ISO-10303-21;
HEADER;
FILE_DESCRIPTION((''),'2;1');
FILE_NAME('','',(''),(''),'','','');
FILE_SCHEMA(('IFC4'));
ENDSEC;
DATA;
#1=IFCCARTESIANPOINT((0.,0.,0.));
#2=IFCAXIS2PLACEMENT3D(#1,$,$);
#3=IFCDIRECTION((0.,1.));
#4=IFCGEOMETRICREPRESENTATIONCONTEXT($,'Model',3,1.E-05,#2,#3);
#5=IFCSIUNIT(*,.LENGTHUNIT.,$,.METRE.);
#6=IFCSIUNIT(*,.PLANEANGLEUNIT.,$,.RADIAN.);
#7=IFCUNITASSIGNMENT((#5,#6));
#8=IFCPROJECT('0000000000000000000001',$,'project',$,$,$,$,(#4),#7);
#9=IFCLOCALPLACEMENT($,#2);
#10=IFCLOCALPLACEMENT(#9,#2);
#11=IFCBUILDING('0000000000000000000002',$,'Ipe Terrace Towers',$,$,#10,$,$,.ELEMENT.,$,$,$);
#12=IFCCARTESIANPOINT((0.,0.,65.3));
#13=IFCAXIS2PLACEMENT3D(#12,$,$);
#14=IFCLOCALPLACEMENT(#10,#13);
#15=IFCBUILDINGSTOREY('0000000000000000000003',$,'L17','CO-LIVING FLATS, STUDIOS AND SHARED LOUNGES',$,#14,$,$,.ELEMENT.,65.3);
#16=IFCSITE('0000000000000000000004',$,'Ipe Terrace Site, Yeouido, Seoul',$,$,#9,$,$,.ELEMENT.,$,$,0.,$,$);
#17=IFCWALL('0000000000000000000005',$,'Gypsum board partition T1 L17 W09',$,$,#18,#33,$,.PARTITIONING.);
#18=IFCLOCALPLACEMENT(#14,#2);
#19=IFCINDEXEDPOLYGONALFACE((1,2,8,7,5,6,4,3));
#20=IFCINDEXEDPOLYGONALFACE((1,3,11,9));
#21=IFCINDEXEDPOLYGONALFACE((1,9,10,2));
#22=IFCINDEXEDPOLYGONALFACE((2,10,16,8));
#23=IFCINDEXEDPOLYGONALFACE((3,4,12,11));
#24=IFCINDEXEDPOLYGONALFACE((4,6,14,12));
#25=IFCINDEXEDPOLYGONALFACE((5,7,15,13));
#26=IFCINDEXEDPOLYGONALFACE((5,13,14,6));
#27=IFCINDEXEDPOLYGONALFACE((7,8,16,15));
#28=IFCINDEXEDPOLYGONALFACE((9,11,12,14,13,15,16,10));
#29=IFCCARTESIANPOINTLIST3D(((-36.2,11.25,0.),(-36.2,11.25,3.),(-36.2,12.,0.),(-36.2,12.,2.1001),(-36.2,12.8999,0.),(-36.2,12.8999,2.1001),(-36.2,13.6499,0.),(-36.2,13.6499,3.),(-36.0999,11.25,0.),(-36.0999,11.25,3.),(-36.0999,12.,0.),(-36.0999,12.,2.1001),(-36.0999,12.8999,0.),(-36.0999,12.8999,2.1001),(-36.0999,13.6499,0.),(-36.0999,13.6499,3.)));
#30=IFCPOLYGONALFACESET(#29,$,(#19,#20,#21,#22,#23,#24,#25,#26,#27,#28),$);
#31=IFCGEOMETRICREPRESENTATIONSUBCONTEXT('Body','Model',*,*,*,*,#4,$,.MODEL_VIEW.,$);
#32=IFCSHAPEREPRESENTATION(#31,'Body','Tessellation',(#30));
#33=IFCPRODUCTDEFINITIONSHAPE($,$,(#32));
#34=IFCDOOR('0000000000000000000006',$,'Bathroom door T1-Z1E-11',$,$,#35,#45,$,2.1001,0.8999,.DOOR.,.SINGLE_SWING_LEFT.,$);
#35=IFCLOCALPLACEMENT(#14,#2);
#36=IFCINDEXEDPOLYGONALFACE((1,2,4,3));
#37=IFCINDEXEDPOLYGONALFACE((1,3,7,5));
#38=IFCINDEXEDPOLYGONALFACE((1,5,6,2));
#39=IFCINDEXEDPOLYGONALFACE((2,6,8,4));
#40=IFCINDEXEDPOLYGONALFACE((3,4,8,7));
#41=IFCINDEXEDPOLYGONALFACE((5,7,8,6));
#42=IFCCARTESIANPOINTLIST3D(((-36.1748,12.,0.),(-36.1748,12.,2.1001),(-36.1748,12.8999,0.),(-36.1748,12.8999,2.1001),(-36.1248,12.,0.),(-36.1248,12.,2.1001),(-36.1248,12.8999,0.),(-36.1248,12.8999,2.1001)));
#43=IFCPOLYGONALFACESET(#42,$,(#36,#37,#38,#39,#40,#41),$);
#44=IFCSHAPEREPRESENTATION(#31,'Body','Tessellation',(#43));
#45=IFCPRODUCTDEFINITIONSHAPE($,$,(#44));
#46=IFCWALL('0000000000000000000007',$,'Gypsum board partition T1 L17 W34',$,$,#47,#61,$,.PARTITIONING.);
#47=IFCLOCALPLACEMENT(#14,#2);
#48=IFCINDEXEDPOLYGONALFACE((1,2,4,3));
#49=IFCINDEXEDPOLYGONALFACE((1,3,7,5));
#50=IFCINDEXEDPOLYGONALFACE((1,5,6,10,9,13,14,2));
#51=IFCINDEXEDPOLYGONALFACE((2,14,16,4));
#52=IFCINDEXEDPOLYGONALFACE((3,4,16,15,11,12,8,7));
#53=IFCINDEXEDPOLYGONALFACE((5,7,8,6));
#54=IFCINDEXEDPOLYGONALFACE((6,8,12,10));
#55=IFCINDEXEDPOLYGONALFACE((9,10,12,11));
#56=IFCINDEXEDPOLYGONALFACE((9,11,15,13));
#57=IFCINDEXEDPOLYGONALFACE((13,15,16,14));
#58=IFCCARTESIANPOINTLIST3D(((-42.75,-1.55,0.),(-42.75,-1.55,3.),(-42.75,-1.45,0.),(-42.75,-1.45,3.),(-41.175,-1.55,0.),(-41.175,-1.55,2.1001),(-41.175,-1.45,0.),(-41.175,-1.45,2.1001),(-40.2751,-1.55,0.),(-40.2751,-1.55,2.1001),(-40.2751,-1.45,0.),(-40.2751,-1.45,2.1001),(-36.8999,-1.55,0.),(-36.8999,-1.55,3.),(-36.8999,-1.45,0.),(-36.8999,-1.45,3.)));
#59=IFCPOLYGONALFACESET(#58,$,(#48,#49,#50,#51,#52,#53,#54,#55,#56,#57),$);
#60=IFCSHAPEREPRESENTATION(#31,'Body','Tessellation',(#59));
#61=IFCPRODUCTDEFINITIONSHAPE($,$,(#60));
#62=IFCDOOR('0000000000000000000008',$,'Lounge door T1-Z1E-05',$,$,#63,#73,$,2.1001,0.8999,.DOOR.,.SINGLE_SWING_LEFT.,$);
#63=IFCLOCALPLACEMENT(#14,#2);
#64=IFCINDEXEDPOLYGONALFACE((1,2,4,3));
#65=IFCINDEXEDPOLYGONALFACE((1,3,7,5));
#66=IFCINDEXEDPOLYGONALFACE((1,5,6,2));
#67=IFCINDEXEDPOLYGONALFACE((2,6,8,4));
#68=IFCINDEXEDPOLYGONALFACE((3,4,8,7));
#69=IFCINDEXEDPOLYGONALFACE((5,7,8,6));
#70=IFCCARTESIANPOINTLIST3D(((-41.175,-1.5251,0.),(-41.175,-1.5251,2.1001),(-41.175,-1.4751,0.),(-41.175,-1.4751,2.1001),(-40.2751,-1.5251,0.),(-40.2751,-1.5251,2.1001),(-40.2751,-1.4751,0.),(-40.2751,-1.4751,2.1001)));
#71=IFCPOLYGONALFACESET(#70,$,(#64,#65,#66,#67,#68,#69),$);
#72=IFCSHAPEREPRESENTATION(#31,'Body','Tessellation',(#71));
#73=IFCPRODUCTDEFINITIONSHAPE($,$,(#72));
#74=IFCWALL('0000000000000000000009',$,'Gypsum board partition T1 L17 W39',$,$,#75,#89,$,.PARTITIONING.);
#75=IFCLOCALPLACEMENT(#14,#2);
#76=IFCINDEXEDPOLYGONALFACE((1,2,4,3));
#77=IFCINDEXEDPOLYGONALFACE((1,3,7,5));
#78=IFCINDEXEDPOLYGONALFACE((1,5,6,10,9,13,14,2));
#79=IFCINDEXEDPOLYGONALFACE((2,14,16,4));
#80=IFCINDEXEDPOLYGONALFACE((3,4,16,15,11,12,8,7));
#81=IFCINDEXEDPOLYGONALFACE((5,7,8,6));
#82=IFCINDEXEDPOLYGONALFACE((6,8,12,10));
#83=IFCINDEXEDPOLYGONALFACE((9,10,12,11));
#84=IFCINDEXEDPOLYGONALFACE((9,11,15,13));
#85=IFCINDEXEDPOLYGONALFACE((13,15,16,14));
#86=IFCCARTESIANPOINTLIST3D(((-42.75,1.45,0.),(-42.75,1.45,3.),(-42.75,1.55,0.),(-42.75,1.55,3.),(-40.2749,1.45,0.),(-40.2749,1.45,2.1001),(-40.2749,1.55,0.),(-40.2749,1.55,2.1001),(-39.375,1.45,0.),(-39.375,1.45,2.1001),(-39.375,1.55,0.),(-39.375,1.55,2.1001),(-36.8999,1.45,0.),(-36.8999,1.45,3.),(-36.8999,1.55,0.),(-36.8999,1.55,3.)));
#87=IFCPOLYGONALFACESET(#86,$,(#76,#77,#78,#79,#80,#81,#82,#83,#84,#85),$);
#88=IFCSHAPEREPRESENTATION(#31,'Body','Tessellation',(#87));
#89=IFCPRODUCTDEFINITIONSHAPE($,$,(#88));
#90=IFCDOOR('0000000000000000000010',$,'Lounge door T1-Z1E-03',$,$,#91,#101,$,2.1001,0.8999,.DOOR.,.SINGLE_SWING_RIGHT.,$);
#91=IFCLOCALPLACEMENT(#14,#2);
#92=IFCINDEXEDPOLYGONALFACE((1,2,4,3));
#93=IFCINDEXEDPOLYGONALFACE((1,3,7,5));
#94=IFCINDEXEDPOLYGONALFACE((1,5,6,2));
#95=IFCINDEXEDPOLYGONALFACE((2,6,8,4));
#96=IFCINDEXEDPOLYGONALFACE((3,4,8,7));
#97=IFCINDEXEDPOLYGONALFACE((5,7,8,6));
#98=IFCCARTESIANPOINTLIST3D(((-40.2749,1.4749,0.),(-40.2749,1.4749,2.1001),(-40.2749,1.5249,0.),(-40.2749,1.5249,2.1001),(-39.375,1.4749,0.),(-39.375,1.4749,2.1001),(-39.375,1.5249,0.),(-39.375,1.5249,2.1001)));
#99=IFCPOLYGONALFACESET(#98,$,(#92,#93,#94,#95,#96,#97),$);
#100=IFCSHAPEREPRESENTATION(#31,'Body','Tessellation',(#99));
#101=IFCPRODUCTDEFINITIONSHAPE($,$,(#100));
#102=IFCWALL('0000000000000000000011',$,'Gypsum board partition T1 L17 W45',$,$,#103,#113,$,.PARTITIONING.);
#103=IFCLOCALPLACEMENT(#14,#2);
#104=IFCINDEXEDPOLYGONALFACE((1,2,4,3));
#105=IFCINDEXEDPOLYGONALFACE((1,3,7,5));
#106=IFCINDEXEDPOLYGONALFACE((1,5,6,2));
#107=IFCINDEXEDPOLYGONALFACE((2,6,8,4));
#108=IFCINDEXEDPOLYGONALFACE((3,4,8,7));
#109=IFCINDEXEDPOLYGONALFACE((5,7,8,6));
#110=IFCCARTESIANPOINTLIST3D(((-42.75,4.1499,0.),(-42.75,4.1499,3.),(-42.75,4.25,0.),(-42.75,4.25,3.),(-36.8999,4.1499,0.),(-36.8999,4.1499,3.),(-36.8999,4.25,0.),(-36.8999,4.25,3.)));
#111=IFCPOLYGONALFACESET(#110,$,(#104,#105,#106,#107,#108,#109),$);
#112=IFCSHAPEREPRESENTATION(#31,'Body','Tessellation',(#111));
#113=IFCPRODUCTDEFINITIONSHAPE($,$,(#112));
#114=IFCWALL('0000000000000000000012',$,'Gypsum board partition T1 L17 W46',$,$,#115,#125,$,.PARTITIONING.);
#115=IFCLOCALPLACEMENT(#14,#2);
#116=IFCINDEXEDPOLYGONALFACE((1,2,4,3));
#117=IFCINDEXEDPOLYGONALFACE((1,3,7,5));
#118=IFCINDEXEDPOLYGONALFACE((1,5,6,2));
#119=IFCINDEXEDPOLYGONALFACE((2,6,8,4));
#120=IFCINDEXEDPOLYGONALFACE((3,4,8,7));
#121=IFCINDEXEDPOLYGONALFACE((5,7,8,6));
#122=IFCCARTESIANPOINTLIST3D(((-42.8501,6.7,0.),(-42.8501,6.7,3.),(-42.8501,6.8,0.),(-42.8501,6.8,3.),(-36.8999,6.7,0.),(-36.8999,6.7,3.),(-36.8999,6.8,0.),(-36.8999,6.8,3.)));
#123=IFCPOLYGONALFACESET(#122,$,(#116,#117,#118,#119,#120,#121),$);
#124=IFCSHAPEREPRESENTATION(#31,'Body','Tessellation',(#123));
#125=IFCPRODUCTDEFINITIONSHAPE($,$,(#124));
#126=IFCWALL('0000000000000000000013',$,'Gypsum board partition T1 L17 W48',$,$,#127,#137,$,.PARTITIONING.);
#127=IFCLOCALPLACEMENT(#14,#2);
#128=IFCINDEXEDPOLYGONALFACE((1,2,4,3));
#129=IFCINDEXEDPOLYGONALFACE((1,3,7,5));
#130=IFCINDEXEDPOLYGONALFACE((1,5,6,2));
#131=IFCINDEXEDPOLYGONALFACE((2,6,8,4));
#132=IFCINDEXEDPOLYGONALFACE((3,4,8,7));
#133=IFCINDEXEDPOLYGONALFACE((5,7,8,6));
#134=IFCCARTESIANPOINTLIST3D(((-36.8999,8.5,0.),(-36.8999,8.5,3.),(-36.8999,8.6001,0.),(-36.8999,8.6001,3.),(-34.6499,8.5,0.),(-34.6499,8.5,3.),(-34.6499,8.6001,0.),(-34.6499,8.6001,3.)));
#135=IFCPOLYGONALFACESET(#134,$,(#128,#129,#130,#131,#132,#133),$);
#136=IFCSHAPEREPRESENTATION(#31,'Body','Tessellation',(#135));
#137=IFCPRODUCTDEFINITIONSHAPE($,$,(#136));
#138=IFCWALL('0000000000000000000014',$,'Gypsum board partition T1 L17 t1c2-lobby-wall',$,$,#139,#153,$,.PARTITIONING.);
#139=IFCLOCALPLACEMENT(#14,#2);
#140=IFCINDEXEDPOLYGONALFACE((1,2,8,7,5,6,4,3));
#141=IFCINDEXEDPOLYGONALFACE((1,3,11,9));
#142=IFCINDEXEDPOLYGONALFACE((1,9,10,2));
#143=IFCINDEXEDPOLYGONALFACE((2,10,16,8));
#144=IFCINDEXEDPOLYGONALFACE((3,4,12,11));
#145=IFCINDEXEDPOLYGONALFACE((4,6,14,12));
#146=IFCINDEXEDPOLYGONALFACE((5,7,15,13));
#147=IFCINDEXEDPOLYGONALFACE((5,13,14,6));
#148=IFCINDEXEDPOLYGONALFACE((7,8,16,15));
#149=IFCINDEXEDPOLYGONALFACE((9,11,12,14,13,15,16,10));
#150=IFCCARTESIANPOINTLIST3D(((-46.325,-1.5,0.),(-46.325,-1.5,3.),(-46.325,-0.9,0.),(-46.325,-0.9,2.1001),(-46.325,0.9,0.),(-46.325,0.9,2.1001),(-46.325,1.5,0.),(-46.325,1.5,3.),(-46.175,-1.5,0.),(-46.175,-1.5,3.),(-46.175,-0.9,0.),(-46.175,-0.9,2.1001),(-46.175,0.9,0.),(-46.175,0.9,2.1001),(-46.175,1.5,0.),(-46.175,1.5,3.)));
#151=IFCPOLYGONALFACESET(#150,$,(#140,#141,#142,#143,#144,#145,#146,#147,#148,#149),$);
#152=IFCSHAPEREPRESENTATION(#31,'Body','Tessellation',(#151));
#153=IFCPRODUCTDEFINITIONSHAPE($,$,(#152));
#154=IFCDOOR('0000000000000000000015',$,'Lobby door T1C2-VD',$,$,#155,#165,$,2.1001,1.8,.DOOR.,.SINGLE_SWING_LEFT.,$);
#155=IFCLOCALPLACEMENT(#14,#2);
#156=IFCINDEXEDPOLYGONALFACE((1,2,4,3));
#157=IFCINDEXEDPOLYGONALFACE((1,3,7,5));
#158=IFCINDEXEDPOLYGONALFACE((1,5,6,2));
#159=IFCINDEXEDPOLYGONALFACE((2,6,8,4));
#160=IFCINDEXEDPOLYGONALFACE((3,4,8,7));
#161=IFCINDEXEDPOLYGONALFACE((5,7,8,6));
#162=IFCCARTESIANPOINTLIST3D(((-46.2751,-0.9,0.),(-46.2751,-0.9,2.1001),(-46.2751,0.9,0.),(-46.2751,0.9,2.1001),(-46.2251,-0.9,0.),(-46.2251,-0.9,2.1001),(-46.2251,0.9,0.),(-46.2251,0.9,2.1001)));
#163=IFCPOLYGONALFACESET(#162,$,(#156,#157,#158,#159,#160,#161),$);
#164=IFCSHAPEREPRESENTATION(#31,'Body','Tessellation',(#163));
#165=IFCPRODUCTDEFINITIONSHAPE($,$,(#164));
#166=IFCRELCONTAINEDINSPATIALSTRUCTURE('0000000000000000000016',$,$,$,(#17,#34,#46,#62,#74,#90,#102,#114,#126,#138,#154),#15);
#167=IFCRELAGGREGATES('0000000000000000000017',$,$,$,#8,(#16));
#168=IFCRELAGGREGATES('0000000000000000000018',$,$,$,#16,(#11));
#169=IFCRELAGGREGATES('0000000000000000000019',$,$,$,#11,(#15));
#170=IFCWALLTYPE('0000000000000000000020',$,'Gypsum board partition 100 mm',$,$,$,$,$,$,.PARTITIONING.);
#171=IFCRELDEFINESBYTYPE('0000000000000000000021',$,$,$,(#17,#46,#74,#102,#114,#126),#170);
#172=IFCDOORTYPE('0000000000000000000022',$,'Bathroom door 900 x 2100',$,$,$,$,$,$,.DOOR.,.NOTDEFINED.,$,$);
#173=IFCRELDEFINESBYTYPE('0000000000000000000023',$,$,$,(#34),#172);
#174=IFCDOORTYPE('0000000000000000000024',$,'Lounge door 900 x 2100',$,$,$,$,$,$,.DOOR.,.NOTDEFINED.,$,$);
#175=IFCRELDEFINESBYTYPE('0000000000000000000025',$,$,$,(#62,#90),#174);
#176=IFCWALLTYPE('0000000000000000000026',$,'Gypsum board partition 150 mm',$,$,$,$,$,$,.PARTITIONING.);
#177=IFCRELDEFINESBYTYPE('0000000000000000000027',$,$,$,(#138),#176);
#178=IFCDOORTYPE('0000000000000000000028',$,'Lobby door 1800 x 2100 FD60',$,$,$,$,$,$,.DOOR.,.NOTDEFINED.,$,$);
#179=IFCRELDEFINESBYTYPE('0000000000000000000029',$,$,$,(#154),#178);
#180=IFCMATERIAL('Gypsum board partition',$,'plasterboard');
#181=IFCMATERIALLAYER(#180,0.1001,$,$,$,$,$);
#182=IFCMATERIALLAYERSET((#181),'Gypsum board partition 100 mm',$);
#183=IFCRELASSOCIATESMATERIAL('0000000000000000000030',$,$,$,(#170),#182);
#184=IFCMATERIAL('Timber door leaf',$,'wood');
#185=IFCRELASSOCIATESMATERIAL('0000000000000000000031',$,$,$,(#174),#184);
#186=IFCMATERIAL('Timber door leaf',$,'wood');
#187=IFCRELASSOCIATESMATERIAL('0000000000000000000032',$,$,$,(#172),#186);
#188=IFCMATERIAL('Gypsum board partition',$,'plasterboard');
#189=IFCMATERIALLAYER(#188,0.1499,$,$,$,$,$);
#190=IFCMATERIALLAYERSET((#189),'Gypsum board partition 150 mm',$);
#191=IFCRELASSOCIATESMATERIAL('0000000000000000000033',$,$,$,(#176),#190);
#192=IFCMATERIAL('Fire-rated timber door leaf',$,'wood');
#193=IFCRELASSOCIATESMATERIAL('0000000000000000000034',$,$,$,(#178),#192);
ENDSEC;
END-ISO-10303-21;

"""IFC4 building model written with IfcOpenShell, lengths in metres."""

from ifc_helpers import new_model, si_unit, direction, frame, frame_2d, origin, place, context, subcontext, project, spatial, rectangle, extrude, material, layer, layer_set, type_object, element, fill, save


model = new_model("IFC4")

# Units and contexts
model_context = context("Model", 3, precision=1e-05, world=origin(), true_north=direction((0.0, 1.0)))
body_context = subcontext(model_context, "Body", "Model", "MODEL_VIEW")
ifc_project = project(units=[si_unit("LENGTHUNIT", "METRE"), si_unit("PLANEANGLEUNIT", "RADIAN")], contexts=[model_context])

# Site, building, storey
site_placement = place(None, origin())
site = spatial("IfcSite", under=ifc_project, at=site_placement, Name="Ipe Terrace Site, Yeouido, Seoul", CompositionType="ELEMENT", RefElevation=0.0)
building_placement = place(site_placement, origin())
building = spatial("IfcBuilding", under=site, at=building_placement, Name="Ipe Terrace Towers", CompositionType="ELEMENT")
storey_placement = place(building_placement, frame((0.0, 0.0, 65.3)))
storey = spatial("IfcBuildingStorey", under=building, at=storey_placement, Name="L17", Description="CO-LIVING FLATS, STUDIOS AND SHARED LOUNGES", CompositionType="ELEMENT", Elevation=65.3)

# Walls, openings, doors
ifc_material_1 = material(Name="Gypsum board partition", Category="plasterboard")
ifc_layer_1 = layer(ifc_material_1, 0.1001)
ifc_layer_set_1 = layer_set([ifc_layer_1], Name="Gypsum board partition 100 mm")
wall_type_1 = type_object("IfcWallType", Name="Gypsum board partition 100 mm", PredefinedType="PARTITIONING", material=ifc_layer_set_1)
ifc_material_2 = material(Name="Timber door leaf", Category="wood")
door_type_1 = type_object("IfcDoorType", Name="Lounge door 900 x 2100", OperationType="NOTDEFINED", PredefinedType="DOOR", material=ifc_material_2)
wall_1_placement = place(storey_placement, frame((-36.1499, 11.25, 0.0), z_axis=(0.0, 0.0, 1.0), x_axis=(0.0, 1.0, 0.0)))
wall_1 = element("IfcWall", 1, at=wall_1_placement, inside=storey, type_object=wall_type_1, Name="Gypsum board partition T1 L17 W09", PredefinedType="PARTITIONING", context=body_context, shape_type="SweptSolid", body=[
    extrude(rectangle(XDim=2.3999, YDim=0.1001, at=frame_2d((1.2, 0.0))), origin(), (0.0, 0.0, 1.0), 3.0),
])
opening_1_placement = place(wall_1_placement, frame((0.75, 0.0, 0.0)))
opening_1 = element("IfcOpeningElement", 2, at=opening_1_placement, cuts=wall_1, PredefinedType="OPENING", context=body_context, shape_type="SweptSolid", body=[
    extrude(rectangle(XDim=0.8999, YDim=2.1001, at=frame_2d((0.45, 1.05))), frame((0.0, 0.0601, 0.0), z_axis=(0.0, -1.0, 0.0), x_axis=(1.0, 0.0, 0.0)), (0.0, 0.0, 1.0), 0.1201),
])
ifc_material_3 = material(Name="Timber door leaf", Category="wood")
door_type_2 = type_object("IfcDoorType", Name="Bathroom door 900 x 2100", OperationType="NOTDEFINED", PredefinedType="DOOR", material=ifc_material_3)
door_1_placement = place(opening_1_placement, origin())
door_1 = element("IfcDoor", 3, at=door_1_placement, inside=storey, type_object=door_type_2, Name="Bathroom door T1-Z1E-11", OperationType="SINGLE_SWING_LEFT", OverallHeight=2.1001, OverallWidth=0.8999, PredefinedType="DOOR", context=body_context, shape_type="SweptSolid", body=[
    extrude(rectangle(XDim=0.8999, YDim=2.1001, at=frame_2d((0.45, 1.05))), frame((0.0, 0.0249, 0.0), z_axis=(0.0, -1.0, 0.0), x_axis=(1.0, 0.0, 0.0)), (0.0, 0.0, 1.0), 0.05),
])
fill(opening_1, door_1)
wall_2_placement = place(storey_placement, frame((-42.75, -1.5, 0.0), z_axis=(0.0, 0.0, 1.0), x_axis=(1.0, 0.0, 0.0)))
wall_2 = element("IfcWall", 4, at=wall_2_placement, inside=storey, type_object=wall_type_1, Name="Gypsum board partition T1 L17 W34", PredefinedType="PARTITIONING", context=body_context, shape_type="SweptSolid", body=[
    extrude(rectangle(XDim=5.8501, YDim=0.1001, at=frame_2d((2.925, 0.0))), origin(), (0.0, 0.0, 1.0), 3.0),
])
opening_2_placement = place(wall_2_placement, frame((1.575, 0.0, 0.0)))
opening_2 = element("IfcOpeningElement", 5, at=opening_2_placement, cuts=wall_2, PredefinedType="OPENING", context=body_context, shape_type="SweptSolid", body=[
    extrude(rectangle(XDim=0.8999, YDim=2.1001, at=frame_2d((0.45, 1.05))), frame((0.0, 0.0601, 0.0), z_axis=(0.0, -1.0, 0.0), x_axis=(1.0, 0.0, 0.0)), (0.0, 0.0, 1.0), 0.1201),
])
door_2_placement = place(opening_2_placement, origin())
door_2 = element("IfcDoor", 6, at=door_2_placement, inside=storey, type_object=door_type_1, Name="Lounge door T1-Z1E-05", OperationType="SINGLE_SWING_LEFT", OverallHeight=2.1001, OverallWidth=0.8999, PredefinedType="DOOR", context=body_context, shape_type="SweptSolid", body=[
    extrude(rectangle(XDim=0.8999, YDim=2.1001, at=frame_2d((0.45, 1.05))), frame((0.0, 0.0249, 0.0), z_axis=(0.0, -1.0, 0.0), x_axis=(1.0, 0.0, 0.0)), (0.0, 0.0, 1.0), 0.05),
])
fill(opening_2, door_2)
wall_3_placement = place(storey_placement, frame((-42.75, 1.5, 0.0), z_axis=(0.0, 0.0, 1.0), x_axis=(1.0, 0.0, 0.0)))
wall_3 = element("IfcWall", 7, at=wall_3_placement, inside=storey, type_object=wall_type_1, Name="Gypsum board partition T1 L17 W39", PredefinedType="PARTITIONING", context=body_context, shape_type="SweptSolid", body=[
    extrude(rectangle(XDim=5.8501, YDim=0.1001, at=frame_2d((2.925, 0.0))), origin(), (0.0, 0.0, 1.0), 3.0),
])
opening_3_placement = place(wall_3_placement, frame((2.4751, 0.0, 0.0)))
opening_3 = element("IfcOpeningElement", 8, at=opening_3_placement, cuts=wall_3, PredefinedType="OPENING", context=body_context, shape_type="SweptSolid", body=[
    extrude(rectangle(XDim=0.8999, YDim=2.1001, at=frame_2d((0.45, 1.05))), frame((0.0, 0.0601, 0.0), z_axis=(0.0, -1.0, 0.0), x_axis=(1.0, 0.0, 0.0)), (0.0, 0.0, 1.0), 0.1201),
])
door_3_placement = place(opening_3_placement, origin())
door_3 = element("IfcDoor", 9, at=door_3_placement, inside=storey, type_object=door_type_1, Name="Lounge door T1-Z1E-03", OperationType="SINGLE_SWING_RIGHT", OverallHeight=2.1001, OverallWidth=0.8999, PredefinedType="DOOR", context=body_context, shape_type="SweptSolid", body=[
    extrude(rectangle(XDim=0.8999, YDim=2.1001, at=frame_2d((0.45, 1.05))), frame((0.0, 0.0249, 0.0), z_axis=(0.0, -1.0, 0.0), x_axis=(1.0, 0.0, 0.0)), (0.0, 0.0, 1.0), 0.05),
])
fill(opening_3, door_3)

# Walls
wall_4_placement = place(storey_placement, frame((-42.75, 4.2, 0.0), z_axis=(0.0, 0.0, 1.0), x_axis=(1.0, 0.0, 0.0)))
element("IfcWall", 10, at=wall_4_placement, inside=storey, type_object=wall_type_1, Name="Gypsum board partition T1 L17 W45", PredefinedType="PARTITIONING", context=body_context, shape_type="SweptSolid", body=[
    extrude(rectangle(XDim=5.8501, YDim=0.1001, at=frame_2d((2.925, 0.0))), origin(), (0.0, 0.0, 1.0), 3.0),
])
wall_5_placement = place(storey_placement, frame((-42.8501, 6.75, 0.0), z_axis=(0.0, 0.0, 1.0), x_axis=(1.0, 0.0, 0.0)))
element("IfcWall", 11, at=wall_5_placement, inside=storey, type_object=wall_type_1, Name="Gypsum board partition T1 L17 W46", PredefinedType="PARTITIONING", context=body_context, shape_type="SweptSolid", body=[
    extrude(rectangle(XDim=5.9502, YDim=0.1001, at=frame_2d((2.9751, 0.0))), origin(), (0.0, 0.0, 1.0), 3.0),
])
wall_6_placement = place(storey_placement, frame((-36.8999, 8.55, 0.0), z_axis=(0.0, 0.0, 1.0), x_axis=(1.0, 0.0, 0.0)))
element("IfcWall", 12, at=wall_6_placement, inside=storey, type_object=wall_type_1, Name="Gypsum board partition T1 L17 W48", PredefinedType="PARTITIONING", context=body_context, shape_type="SweptSolid", body=[
    extrude(rectangle(XDim=2.25, YDim=0.1001, at=frame_2d((1.125, 0.0))), origin(), (0.0, 0.0, 1.0), 3.0),
])

# Wall, opening, door
ifc_material_4 = material(Name="Gypsum board partition", Category="plasterboard")
ifc_layer_2 = layer(ifc_material_4, 0.1499)
ifc_layer_set_2 = layer_set([ifc_layer_2], Name="Gypsum board partition 150 mm")
wall_type_2 = type_object("IfcWallType", Name="Gypsum board partition 150 mm", PredefinedType="PARTITIONING", material=ifc_layer_set_2)
wall_7_placement = place(storey_placement, frame((-46.25, 1.5, 0.0), z_axis=(0.0, 0.0, 1.0), x_axis=(0.0, -1.0, 0.0)))
wall_7 = element("IfcWall", 13, at=wall_7_placement, inside=storey, type_object=wall_type_2, Name="Gypsum board partition T1 L17 t1c2-lobby-wall", PredefinedType="PARTITIONING", context=body_context, shape_type="SweptSolid", body=[
    extrude(rectangle(XDim=3.0, YDim=0.1499, at=frame_2d((1.5, 0.0))), origin(), (0.0, 0.0, 1.0), 3.0),
])
opening_4_placement = place(wall_7_placement, frame((0.6001, 0.0, 0.0)))
opening_4 = element("IfcOpeningElement", 14, at=opening_4_placement, cuts=wall_7, PredefinedType="OPENING", context=body_context, shape_type="SweptSolid", body=[
    extrude(rectangle(XDim=1.8, YDim=2.1001, at=frame_2d((0.8999, 1.05))), frame((0.0, 0.085, 0.0), z_axis=(0.0, -1.0, 0.0), x_axis=(1.0, 0.0, 0.0)), (0.0, 0.0, 1.0), 0.1699),
])
ifc_material_5 = material(Name="Fire-rated timber door leaf", Category="wood")
door_type_3 = type_object("IfcDoorType", Name="Lobby door 1800 x 2100 FD60", OperationType="NOTDEFINED", PredefinedType="DOOR", material=ifc_material_5)
door_4_placement = place(opening_4_placement, origin())
door_4 = element("IfcDoor", 15, at=door_4_placement, inside=storey, type_object=door_type_3, Name="Lobby door T1C2-VD", OperationType="SINGLE_SWING_LEFT", OverallHeight=2.1001, OverallWidth=1.8, PredefinedType="DOOR", context=body_context, shape_type="SweptSolid", body=[
    extrude(rectangle(XDim=1.8, YDim=2.1001, at=frame_2d((0.8999, 1.05))), frame((0.0, 0.0249, 0.0), z_axis=(0.0, -1.0, 0.0), x_axis=(1.0, 0.0, 0.0)), (0.0, 0.0, 1.0), 0.05),
])
fill(opening_4, door_4)

save(model, "model.ifc")
